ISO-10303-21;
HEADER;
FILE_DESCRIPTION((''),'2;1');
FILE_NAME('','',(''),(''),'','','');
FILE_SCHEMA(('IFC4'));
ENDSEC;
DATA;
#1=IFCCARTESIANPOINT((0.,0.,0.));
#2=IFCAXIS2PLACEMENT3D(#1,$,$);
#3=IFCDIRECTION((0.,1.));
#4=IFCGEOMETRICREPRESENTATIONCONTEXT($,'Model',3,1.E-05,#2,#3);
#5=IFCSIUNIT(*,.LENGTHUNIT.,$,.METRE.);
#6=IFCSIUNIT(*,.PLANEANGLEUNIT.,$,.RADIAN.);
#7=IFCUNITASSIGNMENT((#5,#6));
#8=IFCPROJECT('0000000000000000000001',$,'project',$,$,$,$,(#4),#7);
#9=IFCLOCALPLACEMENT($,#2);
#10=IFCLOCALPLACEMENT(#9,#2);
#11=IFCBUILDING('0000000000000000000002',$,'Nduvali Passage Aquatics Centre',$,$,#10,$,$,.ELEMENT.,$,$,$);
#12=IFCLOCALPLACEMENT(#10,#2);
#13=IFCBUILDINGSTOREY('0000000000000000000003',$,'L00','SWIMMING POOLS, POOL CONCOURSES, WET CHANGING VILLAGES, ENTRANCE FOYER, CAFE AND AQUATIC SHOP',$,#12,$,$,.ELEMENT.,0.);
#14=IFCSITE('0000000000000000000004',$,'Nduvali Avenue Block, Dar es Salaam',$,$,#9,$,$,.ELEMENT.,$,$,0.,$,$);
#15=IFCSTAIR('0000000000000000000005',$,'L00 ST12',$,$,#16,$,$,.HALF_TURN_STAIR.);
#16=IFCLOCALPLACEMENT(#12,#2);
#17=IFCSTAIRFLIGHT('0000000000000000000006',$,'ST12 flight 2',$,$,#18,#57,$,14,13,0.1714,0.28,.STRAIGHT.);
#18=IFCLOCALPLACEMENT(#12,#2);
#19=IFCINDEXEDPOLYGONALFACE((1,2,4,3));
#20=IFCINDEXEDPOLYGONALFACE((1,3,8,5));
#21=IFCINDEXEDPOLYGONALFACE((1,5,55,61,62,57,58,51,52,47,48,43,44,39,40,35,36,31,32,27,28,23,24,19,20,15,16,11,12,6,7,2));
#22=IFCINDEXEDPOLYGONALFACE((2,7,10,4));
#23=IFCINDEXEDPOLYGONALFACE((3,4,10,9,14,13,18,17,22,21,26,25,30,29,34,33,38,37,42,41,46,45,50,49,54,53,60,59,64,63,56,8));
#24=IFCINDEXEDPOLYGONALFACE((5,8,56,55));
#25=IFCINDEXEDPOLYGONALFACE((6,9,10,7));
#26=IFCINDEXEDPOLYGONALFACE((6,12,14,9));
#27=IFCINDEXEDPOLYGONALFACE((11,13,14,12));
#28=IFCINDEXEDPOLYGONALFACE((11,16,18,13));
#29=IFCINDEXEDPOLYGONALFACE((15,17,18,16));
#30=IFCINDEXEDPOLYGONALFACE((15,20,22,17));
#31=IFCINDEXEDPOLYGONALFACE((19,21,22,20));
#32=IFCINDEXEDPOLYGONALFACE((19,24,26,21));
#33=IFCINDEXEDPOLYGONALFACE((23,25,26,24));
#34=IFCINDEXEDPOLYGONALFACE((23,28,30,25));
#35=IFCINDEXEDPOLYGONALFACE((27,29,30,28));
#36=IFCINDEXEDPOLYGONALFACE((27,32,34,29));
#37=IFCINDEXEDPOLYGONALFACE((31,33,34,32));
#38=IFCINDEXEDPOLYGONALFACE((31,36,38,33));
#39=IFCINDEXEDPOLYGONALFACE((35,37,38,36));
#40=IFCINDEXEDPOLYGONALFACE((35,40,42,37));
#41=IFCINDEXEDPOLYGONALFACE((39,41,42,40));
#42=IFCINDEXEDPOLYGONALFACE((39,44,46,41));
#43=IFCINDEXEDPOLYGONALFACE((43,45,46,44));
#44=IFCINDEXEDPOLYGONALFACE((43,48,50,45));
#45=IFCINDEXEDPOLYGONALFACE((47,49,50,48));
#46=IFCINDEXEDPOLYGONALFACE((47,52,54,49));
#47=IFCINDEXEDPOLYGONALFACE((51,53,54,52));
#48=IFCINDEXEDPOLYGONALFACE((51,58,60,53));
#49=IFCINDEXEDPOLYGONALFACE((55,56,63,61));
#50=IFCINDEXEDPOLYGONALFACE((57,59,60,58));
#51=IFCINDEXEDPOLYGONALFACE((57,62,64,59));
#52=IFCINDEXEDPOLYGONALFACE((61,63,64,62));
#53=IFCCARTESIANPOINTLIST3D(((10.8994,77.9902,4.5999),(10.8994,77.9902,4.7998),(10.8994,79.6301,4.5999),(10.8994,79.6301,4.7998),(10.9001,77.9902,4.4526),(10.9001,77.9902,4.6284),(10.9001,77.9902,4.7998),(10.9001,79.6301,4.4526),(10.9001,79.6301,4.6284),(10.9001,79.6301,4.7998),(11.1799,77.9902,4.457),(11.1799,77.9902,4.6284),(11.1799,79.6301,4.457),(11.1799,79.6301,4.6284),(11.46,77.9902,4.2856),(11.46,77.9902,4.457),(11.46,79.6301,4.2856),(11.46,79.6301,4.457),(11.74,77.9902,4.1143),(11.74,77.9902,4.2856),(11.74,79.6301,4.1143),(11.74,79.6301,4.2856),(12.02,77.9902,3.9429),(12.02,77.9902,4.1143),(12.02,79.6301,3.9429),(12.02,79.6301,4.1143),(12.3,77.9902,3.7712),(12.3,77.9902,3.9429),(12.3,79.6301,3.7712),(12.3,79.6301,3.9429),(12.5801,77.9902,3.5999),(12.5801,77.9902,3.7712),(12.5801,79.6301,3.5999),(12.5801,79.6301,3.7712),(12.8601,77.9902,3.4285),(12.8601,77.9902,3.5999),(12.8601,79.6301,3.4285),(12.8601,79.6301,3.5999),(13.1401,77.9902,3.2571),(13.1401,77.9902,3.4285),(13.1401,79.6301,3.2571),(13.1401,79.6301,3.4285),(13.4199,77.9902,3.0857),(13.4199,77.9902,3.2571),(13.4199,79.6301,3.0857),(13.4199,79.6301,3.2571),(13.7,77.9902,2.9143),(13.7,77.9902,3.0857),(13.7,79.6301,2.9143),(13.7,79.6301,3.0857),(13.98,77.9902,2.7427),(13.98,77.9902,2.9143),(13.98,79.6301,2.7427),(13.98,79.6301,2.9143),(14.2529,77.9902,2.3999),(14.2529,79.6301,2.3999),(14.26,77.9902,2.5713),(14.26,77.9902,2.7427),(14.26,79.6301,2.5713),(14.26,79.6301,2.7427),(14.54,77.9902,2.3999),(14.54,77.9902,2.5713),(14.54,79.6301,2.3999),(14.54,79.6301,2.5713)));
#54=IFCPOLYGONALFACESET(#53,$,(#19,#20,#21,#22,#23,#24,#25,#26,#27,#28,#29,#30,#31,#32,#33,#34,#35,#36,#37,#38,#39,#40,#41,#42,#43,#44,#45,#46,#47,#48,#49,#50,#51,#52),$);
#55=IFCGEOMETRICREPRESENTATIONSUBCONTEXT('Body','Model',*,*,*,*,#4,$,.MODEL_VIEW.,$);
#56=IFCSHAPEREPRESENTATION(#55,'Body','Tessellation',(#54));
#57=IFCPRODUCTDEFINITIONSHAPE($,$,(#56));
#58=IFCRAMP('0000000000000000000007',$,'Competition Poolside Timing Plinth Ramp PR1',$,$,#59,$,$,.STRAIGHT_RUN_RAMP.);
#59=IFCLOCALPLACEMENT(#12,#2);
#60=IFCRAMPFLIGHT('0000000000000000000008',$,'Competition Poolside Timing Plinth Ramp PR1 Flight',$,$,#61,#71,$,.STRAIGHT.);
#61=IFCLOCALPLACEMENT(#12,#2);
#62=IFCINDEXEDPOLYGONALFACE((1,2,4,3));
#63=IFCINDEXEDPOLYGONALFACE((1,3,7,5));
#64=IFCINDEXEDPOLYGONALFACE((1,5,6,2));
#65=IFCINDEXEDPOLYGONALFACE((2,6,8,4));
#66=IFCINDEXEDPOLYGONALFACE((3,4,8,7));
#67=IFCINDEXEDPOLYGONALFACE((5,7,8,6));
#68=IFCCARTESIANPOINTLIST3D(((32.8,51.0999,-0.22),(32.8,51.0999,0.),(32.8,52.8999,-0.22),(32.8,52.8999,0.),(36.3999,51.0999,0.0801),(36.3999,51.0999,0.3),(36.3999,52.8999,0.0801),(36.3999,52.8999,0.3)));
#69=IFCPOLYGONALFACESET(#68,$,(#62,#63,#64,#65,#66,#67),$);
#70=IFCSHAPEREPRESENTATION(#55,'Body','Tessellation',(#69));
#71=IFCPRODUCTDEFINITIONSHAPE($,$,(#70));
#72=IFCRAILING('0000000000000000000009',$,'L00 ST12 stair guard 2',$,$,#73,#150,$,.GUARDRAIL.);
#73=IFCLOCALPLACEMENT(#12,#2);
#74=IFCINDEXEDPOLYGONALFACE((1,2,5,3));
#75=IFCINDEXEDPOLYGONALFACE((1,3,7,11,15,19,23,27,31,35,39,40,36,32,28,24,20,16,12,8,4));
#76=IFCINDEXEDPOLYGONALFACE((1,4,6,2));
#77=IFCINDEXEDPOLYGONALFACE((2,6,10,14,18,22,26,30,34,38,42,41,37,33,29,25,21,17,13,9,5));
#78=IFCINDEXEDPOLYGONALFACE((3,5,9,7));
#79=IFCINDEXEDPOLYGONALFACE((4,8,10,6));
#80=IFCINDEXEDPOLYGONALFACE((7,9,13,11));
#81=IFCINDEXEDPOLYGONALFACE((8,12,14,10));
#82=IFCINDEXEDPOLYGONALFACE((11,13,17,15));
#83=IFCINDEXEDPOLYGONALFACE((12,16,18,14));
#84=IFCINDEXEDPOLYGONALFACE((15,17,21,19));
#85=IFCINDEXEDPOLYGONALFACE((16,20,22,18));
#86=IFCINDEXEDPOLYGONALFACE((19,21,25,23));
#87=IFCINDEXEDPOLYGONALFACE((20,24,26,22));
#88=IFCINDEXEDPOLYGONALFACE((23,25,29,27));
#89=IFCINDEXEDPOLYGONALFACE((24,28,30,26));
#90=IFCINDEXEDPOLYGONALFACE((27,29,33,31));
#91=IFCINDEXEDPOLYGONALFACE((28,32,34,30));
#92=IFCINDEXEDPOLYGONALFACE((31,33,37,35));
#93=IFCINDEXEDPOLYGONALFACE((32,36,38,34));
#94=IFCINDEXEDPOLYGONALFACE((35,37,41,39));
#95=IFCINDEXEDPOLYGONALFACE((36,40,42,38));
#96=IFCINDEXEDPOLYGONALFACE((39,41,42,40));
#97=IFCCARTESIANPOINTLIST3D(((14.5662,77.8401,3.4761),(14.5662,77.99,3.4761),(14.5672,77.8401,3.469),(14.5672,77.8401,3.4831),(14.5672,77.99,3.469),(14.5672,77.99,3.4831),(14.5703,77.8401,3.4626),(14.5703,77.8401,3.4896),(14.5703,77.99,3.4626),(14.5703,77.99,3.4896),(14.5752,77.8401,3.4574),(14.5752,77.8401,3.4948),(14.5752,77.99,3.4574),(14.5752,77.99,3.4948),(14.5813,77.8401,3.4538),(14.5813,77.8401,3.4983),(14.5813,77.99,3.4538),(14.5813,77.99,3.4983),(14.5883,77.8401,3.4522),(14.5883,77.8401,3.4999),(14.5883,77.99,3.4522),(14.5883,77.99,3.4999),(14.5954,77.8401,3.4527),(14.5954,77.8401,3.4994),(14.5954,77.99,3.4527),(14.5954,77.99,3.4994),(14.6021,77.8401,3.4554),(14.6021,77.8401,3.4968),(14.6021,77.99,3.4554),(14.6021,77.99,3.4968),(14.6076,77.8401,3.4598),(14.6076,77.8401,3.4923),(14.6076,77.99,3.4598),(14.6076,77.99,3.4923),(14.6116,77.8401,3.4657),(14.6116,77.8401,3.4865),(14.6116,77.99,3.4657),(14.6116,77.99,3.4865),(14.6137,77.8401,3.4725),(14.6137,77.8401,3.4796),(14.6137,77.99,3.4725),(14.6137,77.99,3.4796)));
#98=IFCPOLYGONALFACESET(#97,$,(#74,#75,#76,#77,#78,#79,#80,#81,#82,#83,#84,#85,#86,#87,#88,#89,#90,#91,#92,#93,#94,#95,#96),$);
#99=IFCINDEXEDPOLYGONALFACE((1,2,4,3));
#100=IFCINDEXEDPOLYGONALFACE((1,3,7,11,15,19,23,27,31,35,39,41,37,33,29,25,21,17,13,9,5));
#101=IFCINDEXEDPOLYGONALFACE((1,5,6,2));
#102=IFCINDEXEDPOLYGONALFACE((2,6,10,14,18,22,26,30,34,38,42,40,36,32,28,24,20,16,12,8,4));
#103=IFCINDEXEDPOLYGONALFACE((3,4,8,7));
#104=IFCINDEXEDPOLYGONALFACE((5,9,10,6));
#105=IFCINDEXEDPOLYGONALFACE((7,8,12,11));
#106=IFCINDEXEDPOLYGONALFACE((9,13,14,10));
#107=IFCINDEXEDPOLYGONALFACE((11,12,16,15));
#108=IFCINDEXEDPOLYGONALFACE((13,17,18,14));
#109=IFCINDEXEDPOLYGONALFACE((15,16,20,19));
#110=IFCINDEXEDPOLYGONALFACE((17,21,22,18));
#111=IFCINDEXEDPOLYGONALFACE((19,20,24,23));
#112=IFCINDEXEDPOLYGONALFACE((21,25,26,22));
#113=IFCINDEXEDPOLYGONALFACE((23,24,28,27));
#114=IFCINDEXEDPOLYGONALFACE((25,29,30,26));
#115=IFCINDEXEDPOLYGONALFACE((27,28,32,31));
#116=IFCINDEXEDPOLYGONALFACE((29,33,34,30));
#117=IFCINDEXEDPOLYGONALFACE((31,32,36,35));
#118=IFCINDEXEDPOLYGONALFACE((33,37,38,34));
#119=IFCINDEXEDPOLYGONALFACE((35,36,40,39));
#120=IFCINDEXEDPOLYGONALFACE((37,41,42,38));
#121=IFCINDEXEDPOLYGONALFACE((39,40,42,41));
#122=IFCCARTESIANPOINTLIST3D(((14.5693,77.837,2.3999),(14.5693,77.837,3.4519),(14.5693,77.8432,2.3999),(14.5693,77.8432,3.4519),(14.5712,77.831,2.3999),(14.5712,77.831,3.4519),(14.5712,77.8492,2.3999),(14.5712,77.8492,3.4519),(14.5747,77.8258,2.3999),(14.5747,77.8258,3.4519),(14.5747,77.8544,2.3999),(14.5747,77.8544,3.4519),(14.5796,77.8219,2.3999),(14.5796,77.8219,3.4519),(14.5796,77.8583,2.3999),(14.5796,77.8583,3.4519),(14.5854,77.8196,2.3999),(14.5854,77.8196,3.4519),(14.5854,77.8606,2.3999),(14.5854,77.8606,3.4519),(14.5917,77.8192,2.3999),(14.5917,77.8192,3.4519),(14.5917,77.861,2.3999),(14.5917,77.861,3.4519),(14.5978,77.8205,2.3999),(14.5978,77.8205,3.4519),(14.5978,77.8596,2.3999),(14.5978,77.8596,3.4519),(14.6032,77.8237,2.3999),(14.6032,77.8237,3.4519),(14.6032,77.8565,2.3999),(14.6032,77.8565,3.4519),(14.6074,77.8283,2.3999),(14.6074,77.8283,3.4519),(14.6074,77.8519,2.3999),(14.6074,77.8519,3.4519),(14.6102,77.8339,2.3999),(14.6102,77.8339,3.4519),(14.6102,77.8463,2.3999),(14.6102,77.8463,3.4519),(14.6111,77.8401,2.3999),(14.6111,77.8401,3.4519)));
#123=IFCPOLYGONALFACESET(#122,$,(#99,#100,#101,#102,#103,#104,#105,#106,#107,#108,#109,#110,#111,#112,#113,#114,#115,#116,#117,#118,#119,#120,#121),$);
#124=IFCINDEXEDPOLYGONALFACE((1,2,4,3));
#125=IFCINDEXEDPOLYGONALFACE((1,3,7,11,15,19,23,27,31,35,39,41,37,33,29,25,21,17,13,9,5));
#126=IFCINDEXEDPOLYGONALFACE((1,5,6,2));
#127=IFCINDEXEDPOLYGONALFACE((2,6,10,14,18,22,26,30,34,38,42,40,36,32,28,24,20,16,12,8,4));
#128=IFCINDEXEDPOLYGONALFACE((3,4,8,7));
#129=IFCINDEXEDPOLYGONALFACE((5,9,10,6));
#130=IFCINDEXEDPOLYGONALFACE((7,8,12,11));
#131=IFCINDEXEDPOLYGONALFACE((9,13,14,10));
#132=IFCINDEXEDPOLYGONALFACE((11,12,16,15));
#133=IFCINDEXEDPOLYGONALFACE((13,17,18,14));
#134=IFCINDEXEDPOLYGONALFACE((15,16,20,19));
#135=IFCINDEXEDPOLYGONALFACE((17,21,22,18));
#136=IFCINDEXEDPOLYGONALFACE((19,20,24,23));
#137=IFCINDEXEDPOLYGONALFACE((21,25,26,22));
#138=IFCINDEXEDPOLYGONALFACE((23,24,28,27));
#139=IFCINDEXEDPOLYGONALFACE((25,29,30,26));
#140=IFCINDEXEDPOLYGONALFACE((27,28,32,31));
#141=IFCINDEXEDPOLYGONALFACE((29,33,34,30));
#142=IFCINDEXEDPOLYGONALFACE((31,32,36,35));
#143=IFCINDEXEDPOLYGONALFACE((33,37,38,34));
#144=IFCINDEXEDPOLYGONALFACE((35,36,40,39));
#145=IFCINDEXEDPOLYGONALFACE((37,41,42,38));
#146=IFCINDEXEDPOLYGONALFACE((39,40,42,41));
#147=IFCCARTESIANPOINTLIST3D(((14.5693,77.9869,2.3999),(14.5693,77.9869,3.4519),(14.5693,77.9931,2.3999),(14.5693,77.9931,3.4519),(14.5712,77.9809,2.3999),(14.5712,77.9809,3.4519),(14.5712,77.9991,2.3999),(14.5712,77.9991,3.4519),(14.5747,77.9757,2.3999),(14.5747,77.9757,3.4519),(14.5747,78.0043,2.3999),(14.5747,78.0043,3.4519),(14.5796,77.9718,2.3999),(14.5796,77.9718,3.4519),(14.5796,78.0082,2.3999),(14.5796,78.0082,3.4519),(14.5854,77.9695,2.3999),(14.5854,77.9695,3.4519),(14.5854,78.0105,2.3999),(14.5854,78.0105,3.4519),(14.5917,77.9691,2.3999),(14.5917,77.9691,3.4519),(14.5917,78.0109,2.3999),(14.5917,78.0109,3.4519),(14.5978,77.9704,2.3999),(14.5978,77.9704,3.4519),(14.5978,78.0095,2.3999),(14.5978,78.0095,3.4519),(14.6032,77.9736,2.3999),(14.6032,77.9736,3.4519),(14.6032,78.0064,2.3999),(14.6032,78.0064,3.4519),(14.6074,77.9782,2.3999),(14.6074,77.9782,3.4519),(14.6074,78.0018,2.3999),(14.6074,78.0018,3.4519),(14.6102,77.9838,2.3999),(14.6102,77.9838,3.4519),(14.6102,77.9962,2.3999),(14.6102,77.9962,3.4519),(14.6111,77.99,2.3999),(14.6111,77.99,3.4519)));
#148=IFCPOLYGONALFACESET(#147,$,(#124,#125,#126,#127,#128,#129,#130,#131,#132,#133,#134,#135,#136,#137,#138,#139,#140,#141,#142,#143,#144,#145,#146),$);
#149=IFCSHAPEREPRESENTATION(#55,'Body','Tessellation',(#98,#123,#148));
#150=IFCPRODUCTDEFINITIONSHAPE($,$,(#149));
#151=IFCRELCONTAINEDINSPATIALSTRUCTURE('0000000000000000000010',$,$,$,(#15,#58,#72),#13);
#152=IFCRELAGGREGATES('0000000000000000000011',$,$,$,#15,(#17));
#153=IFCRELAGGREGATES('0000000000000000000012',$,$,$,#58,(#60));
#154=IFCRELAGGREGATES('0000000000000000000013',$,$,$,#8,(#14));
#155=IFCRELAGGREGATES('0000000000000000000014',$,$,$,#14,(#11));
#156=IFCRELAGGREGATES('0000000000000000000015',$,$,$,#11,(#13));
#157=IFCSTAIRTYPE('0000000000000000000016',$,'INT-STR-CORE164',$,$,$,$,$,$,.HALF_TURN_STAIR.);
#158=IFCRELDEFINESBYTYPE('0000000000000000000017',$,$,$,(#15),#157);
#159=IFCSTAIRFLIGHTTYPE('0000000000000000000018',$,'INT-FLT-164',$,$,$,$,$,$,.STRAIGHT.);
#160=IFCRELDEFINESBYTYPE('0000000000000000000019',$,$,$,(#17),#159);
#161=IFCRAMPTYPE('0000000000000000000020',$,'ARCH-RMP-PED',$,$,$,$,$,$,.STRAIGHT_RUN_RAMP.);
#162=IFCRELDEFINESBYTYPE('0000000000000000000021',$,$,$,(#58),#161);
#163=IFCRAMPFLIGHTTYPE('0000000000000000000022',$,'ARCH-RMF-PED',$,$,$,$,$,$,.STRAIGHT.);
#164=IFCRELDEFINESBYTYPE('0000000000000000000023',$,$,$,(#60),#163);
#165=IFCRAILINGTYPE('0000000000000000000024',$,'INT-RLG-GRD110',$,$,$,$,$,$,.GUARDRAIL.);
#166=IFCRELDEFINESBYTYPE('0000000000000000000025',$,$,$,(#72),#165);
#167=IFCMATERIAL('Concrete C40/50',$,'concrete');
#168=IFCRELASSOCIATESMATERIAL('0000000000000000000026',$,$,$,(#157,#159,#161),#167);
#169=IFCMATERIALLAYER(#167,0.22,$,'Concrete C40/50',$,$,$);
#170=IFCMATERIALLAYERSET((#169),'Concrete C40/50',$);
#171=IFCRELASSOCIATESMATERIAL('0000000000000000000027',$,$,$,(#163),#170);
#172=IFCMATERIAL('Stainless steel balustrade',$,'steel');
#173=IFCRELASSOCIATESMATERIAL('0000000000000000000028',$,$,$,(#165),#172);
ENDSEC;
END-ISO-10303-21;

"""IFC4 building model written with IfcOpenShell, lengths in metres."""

from ifc_helpers import new_model, si_unit, direction, frame, origin, origin_2d, place, context, subcontext, project, spatial, polyline, circle, outline, extrude, material, layer, layer_set, type_object, element, aggregate, save


model = new_model("IFC4")

# Units and contexts
model_context = context("Model", 3, precision=1e-05, world=origin(), true_north=direction((0.0, 1.0)))
body_context = subcontext(model_context, "Body", "Model", "MODEL_VIEW")
ifc_project = project(units=[si_unit("LENGTHUNIT", "METRE"), si_unit("PLANEANGLEUNIT", "RADIAN")], contexts=[model_context])

# Site, building, storey
site_placement = place(None, origin())
site = spatial("IfcSite", under=ifc_project, at=site_placement, Name="Nduvali Avenue Block, Dar es Salaam", CompositionType="ELEMENT", RefElevation=0.0)
building_placement = place(site_placement, origin())
building = spatial("IfcBuilding", under=site, at=building_placement, Name="Nduvali Passage Aquatics Centre", CompositionType="ELEMENT")
storey_placement = place(building_placement, origin())
storey = spatial("IfcBuildingStorey", under=building, at=storey_placement, Name="L00", Description="SWIMMING POOLS, POOL CONCOURSES, WET CHANGING VILLAGES, ENTRANCE FOYER, CAFE AND AQUATIC SHOP", CompositionType="ELEMENT", Elevation=0.0)

# Shared definitions
ifc_material_1 = material(Name="Concrete C40/50", Category="concrete")

# Stair, stair flight
stair_type = type_object("IfcStairType", Name="INT-STR-CORE164", PredefinedType="HALF_TURN_STAIR", material=ifc_material_1)
stair_placement = place(storey_placement, origin())
stair = element("IfcStair", 1, at=stair_placement, inside=storey, type_object=stair_type, Name="L00 ST12", PredefinedType="HALF_TURN_STAIR")
stair_flight_type = type_object("IfcStairFlightType", Name="INT-FLT-164", PredefinedType="STRAIGHT", material=ifc_material_1)
stair_flight_placement = place(storey_placement, frame((14.54, 78.8101, 2.3999), z_axis=(0.0, 0.0, 1.0), x_axis=(-1.0, 0.0, 0.0)))
stair_flight = element("IfcStairFlight", 2, at=stair_flight_placement, type_object=stair_flight_type, Name="ST12 flight 2", NumberOfRisers=14, NumberOfTreads=13, PredefinedType="STRAIGHT", RiserHeight=0.1714, TreadLength=0.28, context=body_context, shape_type="SweptSolid", body=[
    extrude(outline(polyline([(0.0, 0.0), (0.0, 0.1714), (0.28, 0.1714), (0.28, 0.3428), (0.5601, 0.3428), (0.5601, 0.5144), (0.8401, 0.5144), (0.8401, 0.6858), (1.1201, 0.6858), (1.1201, 0.8572), (1.3999, 0.8572), (1.3999, 1.0286), (1.6799, 1.0286), (1.6799, 1.2), (1.96, 1.2), (1.96, 1.3713), (2.24, 1.3713), (2.24, 1.543), (2.52, 1.543), (2.52, 1.7144), (2.8, 1.7144), (2.8, 1.8857), (3.0801, 1.8857), (3.0801, 2.0571), (3.3601, 2.0571), (3.3601, 2.2285), (3.6399, 2.2285), (3.6399, 2.3999), (3.6406, 2.3999), (3.6406, 2.2), (3.6399, 2.0527), (0.2871, 0.0), (0.0, 0.0)])), frame((0.0, 0.8198, 0.0), z_axis=(0.0, -1.0, 0.0), x_axis=(1.0, 0.0, 0.0)), (0.0, 0.0, 1.0), 1.6399),
])
aggregate(stair, [stair_flight])

# Ramp, ramp flight
ramp_type = type_object("IfcRampType", Name="ARCH-RMP-PED", PredefinedType="STRAIGHT_RUN_RAMP", material=ifc_material_1)
ramp_placement = place(storey_placement, origin())
ramp = element("IfcRamp", 3, at=ramp_placement, inside=storey, type_object=ramp_type, Name="Competition Poolside Timing Plinth Ramp PR1", PredefinedType="STRAIGHT_RUN_RAMP")
ifc_layer_1 = layer(ifc_material_1, 0.22, Name="Concrete C40/50")
ifc_layer_set_1 = layer_set([ifc_layer_1], Name="Concrete C40/50")
ramp_flight_type = type_object("IfcRampFlightType", Name="ARCH-RMF-PED", PredefinedType="STRAIGHT", material=ifc_layer_set_1)
ramp_flight_placement = place(storey_placement, frame((32.8, 52.0, 0.0), z_axis=(0.0, 0.0, 1.0), x_axis=(1.0, 0.0, 0.0)))
ramp_flight = element("IfcRampFlight", 4, at=ramp_flight_placement, type_object=ramp_flight_type, Name="Competition Poolside Timing Plinth Ramp PR1 Flight", PredefinedType="STRAIGHT", context=body_context, shape_type="SweptSolid", body=[
    extrude(outline(polyline([(0.0, -0.22), (3.5999, 0.0801), (3.5999, 0.3), (0.0, 0.0), (0.0, -0.22)])), frame((0.0, 0.8999, 0.0), z_axis=(0.0, -1.0, 0.0), x_axis=(1.0, 0.0, 0.0)), (0.0, 0.0, 1.0), 1.8),
])
aggregate(ramp, [ramp_flight])

# Railing
ifc_material_2 = material(Name="Stainless steel balustrade", Category="steel")
railing_type_1 = type_object("IfcRailingType", Name="INT-RLG-GRD110", PredefinedType="GUARDRAIL", material=ifc_material_2)
railing_1_placement = place(storey_placement, frame((14.5901, 77.8401, 2.3999)))
element("IfcRailing", 5, at=railing_1_placement, inside=storey, type_object=railing_type_1, Name="L00 ST12 stair guard 2", PredefinedType="GUARDRAIL", context=body_context, shape_type="SweptSolid", body=[
    extrude(circle(Radius=0.0239, at=origin_2d()), frame((0.0, 0.0, 1.0762), z_axis=(0.0, 1.0, 0.0), x_axis=(-1.0, 0.0, 0.0)), (0.0, 0.0, 1.0), 0.1499),
    extrude(circle(Radius=0.021, at=origin_2d()), origin(), (0.0, 0.0, 1.0), 1.052),
    extrude(circle(Radius=0.021, at=origin_2d()), frame((0.0, 0.1499, 0.0)), (0.0, 0.0, 1.0), 1.052),
])

save(model, "model.ifc")
